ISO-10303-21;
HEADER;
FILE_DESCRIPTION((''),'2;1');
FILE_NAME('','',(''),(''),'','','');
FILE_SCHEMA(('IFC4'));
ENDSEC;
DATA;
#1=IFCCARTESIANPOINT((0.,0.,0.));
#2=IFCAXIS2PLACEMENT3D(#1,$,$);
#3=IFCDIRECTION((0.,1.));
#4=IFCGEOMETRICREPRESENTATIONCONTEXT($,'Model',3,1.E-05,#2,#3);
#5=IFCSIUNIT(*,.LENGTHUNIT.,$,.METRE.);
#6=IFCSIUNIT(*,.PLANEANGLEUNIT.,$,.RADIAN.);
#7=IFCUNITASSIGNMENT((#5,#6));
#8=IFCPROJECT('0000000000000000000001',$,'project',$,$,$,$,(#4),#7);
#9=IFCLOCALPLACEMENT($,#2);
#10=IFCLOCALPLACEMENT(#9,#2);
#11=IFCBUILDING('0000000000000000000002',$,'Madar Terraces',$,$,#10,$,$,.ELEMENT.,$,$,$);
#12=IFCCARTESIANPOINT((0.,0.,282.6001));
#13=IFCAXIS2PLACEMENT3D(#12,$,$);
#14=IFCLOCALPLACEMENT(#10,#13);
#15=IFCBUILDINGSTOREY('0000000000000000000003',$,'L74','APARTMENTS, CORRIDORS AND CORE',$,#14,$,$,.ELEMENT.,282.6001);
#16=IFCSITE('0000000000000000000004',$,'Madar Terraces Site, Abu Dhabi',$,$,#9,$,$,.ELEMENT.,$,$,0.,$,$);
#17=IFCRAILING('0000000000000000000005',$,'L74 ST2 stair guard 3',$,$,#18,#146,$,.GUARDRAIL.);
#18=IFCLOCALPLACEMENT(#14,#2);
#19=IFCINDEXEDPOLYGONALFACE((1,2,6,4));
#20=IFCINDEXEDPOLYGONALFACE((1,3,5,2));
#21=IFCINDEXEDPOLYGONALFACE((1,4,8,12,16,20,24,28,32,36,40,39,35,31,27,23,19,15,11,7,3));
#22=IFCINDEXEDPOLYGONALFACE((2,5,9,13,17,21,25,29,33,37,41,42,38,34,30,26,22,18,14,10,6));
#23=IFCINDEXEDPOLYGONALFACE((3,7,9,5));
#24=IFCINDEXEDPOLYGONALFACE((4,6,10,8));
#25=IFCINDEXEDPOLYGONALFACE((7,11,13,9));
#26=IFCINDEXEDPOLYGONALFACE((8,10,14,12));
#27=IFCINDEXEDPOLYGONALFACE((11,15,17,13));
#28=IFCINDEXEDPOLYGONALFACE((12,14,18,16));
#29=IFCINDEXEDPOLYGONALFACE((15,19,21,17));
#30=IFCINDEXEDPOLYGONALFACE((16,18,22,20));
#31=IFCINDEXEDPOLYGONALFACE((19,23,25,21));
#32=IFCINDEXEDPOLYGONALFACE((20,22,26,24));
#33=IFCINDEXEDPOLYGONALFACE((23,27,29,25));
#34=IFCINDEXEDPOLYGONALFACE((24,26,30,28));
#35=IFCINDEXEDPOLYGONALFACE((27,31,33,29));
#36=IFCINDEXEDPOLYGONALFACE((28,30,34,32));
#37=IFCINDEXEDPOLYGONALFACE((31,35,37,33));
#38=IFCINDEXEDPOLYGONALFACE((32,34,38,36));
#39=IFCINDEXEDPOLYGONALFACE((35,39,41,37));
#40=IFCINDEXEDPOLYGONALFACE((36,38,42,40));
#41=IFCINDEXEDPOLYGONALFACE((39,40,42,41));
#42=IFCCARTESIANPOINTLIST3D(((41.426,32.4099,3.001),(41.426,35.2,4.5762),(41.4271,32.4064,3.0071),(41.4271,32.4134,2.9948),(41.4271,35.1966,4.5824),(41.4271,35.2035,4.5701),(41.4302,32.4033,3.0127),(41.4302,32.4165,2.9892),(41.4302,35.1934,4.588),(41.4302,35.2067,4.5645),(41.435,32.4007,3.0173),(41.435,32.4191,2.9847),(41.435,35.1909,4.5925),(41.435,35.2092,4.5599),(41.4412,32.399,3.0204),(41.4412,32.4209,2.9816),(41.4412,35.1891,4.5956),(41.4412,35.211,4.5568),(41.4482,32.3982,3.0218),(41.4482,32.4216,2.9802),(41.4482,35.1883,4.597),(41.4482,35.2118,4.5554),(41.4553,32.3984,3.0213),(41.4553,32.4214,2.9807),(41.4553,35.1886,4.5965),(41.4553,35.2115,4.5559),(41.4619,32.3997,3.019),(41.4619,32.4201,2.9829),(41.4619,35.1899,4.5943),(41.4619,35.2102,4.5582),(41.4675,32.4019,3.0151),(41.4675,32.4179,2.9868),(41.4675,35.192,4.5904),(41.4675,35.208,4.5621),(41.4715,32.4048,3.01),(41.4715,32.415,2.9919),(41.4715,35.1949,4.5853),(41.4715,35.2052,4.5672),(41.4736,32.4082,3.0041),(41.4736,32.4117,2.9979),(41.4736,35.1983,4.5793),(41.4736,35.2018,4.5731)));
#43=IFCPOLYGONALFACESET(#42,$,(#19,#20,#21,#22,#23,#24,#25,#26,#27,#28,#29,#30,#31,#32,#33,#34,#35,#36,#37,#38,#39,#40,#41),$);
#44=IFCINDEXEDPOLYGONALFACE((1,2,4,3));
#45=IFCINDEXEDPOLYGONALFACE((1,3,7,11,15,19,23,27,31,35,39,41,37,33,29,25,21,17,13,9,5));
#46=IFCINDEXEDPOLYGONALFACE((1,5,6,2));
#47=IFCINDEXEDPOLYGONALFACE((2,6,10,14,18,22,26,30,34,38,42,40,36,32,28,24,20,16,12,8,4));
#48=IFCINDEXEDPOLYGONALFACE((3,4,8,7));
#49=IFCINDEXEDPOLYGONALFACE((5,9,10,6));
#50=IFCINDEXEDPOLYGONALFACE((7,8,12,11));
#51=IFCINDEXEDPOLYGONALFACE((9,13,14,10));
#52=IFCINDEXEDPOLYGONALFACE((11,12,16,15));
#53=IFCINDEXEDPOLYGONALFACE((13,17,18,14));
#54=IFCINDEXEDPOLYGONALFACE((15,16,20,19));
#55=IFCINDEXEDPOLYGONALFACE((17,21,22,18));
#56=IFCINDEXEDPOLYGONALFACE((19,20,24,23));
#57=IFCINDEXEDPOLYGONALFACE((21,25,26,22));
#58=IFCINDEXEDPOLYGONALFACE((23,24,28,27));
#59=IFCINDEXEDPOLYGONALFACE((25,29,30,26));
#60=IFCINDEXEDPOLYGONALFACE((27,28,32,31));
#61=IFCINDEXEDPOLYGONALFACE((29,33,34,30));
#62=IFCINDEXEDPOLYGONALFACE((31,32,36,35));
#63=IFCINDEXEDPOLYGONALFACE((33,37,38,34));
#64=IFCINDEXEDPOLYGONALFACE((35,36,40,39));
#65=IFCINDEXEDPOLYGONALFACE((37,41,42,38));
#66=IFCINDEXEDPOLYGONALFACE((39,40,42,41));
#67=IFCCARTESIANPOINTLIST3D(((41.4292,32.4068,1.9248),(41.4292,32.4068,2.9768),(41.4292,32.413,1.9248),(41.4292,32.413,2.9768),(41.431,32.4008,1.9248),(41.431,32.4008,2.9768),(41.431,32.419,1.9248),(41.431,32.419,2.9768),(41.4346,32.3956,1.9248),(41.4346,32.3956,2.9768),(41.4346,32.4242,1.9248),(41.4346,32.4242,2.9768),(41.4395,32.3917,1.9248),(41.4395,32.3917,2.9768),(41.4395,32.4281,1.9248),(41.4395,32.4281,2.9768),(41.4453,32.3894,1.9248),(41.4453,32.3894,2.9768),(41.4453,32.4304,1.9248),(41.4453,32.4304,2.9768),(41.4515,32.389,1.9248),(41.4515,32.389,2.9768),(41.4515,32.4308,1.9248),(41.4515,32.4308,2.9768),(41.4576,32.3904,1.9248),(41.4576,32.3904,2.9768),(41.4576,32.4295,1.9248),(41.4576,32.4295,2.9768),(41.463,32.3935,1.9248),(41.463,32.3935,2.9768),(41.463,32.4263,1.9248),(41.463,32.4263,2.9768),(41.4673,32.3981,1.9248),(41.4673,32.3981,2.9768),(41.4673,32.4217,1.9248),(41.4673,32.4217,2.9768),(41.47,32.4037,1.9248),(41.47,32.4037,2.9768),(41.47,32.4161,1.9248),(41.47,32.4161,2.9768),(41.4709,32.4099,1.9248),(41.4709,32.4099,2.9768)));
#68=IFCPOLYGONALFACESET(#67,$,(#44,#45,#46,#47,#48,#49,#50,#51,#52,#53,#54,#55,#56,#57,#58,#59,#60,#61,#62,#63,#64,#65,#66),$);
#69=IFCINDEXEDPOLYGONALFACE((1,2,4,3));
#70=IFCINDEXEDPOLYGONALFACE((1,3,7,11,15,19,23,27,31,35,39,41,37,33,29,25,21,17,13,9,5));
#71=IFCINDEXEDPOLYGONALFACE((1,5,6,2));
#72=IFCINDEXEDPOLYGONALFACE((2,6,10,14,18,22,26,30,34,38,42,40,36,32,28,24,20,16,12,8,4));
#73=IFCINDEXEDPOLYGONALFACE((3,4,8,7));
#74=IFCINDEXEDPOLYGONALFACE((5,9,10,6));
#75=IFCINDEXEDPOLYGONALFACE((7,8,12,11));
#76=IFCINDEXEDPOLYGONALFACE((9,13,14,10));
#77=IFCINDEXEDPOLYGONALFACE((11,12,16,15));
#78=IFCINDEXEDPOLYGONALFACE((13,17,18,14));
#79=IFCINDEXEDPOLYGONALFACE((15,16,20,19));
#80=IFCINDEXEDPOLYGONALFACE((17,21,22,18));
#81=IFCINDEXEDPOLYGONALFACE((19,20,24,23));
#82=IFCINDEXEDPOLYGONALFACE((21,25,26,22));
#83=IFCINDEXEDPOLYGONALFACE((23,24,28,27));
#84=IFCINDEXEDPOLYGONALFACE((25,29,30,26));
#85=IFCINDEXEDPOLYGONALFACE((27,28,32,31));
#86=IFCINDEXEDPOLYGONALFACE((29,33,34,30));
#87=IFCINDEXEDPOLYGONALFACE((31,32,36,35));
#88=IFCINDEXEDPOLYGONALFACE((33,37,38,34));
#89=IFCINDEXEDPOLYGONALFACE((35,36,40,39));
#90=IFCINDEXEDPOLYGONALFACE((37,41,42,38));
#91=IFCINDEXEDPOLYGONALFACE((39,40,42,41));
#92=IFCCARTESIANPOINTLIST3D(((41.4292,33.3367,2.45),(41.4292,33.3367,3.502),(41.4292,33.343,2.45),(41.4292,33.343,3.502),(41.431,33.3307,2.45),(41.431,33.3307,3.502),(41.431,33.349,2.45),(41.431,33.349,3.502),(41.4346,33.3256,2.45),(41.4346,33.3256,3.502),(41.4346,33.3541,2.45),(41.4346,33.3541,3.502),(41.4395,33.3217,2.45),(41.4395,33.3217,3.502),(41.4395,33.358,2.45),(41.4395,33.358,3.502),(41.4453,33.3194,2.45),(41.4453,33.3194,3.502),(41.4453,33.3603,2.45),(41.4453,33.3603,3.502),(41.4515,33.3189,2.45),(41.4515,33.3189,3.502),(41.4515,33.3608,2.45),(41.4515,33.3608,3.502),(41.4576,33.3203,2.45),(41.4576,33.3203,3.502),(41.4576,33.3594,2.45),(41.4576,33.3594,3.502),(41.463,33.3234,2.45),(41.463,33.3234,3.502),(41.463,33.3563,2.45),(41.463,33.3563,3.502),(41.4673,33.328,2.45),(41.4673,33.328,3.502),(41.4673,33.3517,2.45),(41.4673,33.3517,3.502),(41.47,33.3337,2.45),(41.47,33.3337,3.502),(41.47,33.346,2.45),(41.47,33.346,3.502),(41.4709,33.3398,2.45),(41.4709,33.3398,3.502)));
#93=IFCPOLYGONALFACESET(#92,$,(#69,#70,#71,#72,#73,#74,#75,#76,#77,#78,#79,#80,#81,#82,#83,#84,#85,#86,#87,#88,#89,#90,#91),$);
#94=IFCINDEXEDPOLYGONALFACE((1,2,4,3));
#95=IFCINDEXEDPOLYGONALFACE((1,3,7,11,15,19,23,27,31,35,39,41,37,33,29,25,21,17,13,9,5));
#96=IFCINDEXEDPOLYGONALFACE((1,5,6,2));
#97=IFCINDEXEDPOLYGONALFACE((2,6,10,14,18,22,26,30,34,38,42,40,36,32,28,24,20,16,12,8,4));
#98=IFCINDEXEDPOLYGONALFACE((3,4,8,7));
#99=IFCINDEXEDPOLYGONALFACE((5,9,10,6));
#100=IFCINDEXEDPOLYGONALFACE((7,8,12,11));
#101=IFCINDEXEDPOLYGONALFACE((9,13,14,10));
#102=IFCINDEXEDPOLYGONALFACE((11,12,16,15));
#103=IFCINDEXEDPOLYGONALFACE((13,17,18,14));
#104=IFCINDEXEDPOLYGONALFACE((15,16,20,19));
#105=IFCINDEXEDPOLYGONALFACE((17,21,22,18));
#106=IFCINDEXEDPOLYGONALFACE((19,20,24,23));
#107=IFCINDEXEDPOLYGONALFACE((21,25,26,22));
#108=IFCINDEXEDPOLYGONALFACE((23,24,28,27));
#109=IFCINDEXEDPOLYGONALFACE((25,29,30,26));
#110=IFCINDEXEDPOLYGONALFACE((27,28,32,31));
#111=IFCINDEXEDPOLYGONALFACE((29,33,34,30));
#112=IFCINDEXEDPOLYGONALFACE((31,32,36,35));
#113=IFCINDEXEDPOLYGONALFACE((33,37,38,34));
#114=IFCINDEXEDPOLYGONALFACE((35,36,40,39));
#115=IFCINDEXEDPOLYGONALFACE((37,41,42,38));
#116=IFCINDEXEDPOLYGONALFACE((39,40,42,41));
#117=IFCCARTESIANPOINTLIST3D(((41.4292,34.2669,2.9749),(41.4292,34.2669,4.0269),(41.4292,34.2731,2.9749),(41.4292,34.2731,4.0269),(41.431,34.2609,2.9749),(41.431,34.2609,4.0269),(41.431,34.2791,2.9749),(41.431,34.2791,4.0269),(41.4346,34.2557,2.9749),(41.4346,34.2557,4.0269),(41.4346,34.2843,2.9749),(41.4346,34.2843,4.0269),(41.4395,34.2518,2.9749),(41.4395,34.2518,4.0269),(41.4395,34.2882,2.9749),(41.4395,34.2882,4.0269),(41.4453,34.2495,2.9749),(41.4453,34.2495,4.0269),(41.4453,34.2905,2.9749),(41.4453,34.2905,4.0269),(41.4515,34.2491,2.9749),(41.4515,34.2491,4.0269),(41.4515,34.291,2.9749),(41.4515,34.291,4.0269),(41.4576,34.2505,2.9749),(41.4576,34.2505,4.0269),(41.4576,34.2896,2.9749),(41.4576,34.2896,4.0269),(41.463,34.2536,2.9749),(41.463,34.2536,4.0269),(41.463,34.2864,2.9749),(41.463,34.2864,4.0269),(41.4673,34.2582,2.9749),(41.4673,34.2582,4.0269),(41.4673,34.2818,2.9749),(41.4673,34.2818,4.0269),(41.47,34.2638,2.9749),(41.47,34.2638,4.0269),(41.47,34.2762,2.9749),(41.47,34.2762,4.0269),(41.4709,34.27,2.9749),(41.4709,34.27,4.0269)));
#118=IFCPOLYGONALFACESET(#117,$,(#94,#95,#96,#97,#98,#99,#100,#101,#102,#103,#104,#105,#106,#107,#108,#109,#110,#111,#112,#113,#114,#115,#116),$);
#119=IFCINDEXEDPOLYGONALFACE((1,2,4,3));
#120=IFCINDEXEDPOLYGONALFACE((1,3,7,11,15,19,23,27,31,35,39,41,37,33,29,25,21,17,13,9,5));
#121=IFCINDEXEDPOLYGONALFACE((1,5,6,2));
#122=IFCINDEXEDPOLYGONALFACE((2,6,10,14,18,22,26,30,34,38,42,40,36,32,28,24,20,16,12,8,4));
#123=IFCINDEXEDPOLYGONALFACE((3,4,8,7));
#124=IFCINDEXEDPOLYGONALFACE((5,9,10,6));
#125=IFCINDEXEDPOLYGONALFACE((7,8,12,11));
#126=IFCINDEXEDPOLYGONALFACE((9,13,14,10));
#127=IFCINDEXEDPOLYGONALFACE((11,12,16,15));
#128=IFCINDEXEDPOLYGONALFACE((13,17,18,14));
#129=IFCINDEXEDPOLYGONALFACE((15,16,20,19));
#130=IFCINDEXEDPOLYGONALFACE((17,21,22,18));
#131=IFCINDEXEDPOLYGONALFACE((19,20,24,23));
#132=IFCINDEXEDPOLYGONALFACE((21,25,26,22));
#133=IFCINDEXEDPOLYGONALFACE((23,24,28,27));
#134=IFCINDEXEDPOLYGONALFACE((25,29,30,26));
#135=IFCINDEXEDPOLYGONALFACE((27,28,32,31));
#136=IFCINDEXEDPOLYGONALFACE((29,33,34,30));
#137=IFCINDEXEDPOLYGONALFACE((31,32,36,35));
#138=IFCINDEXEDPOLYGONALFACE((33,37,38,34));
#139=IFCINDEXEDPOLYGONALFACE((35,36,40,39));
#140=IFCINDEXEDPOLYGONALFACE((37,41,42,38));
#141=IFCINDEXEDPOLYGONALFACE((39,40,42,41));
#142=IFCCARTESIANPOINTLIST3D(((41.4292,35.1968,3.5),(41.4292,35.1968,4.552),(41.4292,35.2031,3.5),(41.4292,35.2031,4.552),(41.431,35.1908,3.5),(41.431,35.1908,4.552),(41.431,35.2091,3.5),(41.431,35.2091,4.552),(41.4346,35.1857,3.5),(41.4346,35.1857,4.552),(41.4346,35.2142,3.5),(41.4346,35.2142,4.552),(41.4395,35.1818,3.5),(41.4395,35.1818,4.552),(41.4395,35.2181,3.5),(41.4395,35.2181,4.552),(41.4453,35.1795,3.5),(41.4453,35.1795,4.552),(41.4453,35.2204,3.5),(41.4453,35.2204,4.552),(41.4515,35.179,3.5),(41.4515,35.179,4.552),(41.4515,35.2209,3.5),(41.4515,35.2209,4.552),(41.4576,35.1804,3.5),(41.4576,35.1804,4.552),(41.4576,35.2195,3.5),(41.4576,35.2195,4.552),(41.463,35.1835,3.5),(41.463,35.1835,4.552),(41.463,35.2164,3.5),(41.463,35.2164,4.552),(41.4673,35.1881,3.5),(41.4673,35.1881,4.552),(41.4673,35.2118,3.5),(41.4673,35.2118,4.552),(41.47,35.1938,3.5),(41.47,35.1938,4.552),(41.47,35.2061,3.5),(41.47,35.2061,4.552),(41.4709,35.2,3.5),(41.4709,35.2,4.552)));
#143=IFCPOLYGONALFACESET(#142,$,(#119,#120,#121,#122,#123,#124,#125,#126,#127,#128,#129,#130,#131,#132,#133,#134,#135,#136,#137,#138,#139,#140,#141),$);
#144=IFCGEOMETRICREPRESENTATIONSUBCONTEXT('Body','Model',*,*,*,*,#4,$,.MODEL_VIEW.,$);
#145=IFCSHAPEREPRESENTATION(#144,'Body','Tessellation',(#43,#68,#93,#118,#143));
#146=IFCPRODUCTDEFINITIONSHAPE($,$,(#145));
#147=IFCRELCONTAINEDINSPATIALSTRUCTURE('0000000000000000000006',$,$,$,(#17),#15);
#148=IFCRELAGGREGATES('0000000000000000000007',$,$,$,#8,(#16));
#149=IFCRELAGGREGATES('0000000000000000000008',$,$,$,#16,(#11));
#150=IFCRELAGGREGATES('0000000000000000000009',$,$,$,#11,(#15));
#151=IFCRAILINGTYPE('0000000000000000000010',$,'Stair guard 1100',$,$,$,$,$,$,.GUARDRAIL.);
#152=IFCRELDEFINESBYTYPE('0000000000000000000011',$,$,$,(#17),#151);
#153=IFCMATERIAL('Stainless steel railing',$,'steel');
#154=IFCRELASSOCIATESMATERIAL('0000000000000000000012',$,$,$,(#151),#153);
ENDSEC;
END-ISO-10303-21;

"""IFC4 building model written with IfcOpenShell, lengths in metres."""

from ifc_helpers import new_model, si_unit, direction, frame, origin, origin_2d, place, context, subcontext, project, spatial, circle, extrude, material, type_object, element, save


model = new_model("IFC4")

# Units and contexts
model_context = context("Model", 3, precision=1e-05, world=origin(), true_north=direction((0.0, 1.0)))
body_context = subcontext(model_context, "Body", "Model", "MODEL_VIEW")
ifc_project = project(units=[si_unit("LENGTHUNIT", "METRE"), si_unit("PLANEANGLEUNIT", "RADIAN")], contexts=[model_context])

# Site, building, storey
site_placement = place(None, origin())
site = spatial("IfcSite", under=ifc_project, at=site_placement, Name="Madar Terraces Site, Abu Dhabi", CompositionType="ELEMENT", RefElevation=0.0)
building_placement = place(site_placement, origin())
building = spatial("IfcBuilding", under=site, at=building_placement, Name="Madar Terraces", CompositionType="ELEMENT")
storey_placement = place(building_placement, frame((0.0, 0.0, 282.6001)))
storey = spatial("IfcBuildingStorey", under=building, at=storey_placement, Name="L74", Description="APARTMENTS, CORRIDORS AND CORE", CompositionType="ELEMENT", Elevation=282.6001)

# Railing
ifc_material_1 = material(Name="Stainless steel railing", Category="steel")
railing_type_1 = type_object("IfcRailingType", Name="Stair guard 1100", PredefinedType="GUARDRAIL", material=ifc_material_1)
railing_1_placement = place(storey_placement, frame((41.45, 32.4099, 1.9248)))
element("IfcRailing", 1, at=railing_1_placement, inside=storey, type_object=railing_type_1, Name="L74 ST2 stair guard 3", PredefinedType="GUARDRAIL", context=body_context, shape_type="SweptSolid", body=[
    extrude(circle(Radius=0.0239, at=origin_2d()), frame((0.0, 0.0, 1.0762), z_axis=(0.0, 0.870801, 0.491635), x_axis=(-1.0, 0.0, 0.0)), (0.0, 0.0, 1.0), 3.2041),
    extrude(circle(Radius=0.021, at=origin_2d()), origin(), (0.0, 0.0, 1.0), 1.052),
    extrude(circle(Radius=0.021, at=origin_2d()), frame((0.0, 0.9299, 0.5251)), (0.0, 0.0, 1.0), 1.052),
    extrude(circle(Radius=0.021, at=origin_2d()), frame((0.0, 1.8601, 1.05)), (0.0, 0.0, 1.0), 1.052),
    extrude(circle(Radius=0.021, at=origin_2d()), frame((0.0, 2.79, 1.5752)), (0.0, 0.0, 1.0), 1.052),
])

save(model, "model.ifc")
